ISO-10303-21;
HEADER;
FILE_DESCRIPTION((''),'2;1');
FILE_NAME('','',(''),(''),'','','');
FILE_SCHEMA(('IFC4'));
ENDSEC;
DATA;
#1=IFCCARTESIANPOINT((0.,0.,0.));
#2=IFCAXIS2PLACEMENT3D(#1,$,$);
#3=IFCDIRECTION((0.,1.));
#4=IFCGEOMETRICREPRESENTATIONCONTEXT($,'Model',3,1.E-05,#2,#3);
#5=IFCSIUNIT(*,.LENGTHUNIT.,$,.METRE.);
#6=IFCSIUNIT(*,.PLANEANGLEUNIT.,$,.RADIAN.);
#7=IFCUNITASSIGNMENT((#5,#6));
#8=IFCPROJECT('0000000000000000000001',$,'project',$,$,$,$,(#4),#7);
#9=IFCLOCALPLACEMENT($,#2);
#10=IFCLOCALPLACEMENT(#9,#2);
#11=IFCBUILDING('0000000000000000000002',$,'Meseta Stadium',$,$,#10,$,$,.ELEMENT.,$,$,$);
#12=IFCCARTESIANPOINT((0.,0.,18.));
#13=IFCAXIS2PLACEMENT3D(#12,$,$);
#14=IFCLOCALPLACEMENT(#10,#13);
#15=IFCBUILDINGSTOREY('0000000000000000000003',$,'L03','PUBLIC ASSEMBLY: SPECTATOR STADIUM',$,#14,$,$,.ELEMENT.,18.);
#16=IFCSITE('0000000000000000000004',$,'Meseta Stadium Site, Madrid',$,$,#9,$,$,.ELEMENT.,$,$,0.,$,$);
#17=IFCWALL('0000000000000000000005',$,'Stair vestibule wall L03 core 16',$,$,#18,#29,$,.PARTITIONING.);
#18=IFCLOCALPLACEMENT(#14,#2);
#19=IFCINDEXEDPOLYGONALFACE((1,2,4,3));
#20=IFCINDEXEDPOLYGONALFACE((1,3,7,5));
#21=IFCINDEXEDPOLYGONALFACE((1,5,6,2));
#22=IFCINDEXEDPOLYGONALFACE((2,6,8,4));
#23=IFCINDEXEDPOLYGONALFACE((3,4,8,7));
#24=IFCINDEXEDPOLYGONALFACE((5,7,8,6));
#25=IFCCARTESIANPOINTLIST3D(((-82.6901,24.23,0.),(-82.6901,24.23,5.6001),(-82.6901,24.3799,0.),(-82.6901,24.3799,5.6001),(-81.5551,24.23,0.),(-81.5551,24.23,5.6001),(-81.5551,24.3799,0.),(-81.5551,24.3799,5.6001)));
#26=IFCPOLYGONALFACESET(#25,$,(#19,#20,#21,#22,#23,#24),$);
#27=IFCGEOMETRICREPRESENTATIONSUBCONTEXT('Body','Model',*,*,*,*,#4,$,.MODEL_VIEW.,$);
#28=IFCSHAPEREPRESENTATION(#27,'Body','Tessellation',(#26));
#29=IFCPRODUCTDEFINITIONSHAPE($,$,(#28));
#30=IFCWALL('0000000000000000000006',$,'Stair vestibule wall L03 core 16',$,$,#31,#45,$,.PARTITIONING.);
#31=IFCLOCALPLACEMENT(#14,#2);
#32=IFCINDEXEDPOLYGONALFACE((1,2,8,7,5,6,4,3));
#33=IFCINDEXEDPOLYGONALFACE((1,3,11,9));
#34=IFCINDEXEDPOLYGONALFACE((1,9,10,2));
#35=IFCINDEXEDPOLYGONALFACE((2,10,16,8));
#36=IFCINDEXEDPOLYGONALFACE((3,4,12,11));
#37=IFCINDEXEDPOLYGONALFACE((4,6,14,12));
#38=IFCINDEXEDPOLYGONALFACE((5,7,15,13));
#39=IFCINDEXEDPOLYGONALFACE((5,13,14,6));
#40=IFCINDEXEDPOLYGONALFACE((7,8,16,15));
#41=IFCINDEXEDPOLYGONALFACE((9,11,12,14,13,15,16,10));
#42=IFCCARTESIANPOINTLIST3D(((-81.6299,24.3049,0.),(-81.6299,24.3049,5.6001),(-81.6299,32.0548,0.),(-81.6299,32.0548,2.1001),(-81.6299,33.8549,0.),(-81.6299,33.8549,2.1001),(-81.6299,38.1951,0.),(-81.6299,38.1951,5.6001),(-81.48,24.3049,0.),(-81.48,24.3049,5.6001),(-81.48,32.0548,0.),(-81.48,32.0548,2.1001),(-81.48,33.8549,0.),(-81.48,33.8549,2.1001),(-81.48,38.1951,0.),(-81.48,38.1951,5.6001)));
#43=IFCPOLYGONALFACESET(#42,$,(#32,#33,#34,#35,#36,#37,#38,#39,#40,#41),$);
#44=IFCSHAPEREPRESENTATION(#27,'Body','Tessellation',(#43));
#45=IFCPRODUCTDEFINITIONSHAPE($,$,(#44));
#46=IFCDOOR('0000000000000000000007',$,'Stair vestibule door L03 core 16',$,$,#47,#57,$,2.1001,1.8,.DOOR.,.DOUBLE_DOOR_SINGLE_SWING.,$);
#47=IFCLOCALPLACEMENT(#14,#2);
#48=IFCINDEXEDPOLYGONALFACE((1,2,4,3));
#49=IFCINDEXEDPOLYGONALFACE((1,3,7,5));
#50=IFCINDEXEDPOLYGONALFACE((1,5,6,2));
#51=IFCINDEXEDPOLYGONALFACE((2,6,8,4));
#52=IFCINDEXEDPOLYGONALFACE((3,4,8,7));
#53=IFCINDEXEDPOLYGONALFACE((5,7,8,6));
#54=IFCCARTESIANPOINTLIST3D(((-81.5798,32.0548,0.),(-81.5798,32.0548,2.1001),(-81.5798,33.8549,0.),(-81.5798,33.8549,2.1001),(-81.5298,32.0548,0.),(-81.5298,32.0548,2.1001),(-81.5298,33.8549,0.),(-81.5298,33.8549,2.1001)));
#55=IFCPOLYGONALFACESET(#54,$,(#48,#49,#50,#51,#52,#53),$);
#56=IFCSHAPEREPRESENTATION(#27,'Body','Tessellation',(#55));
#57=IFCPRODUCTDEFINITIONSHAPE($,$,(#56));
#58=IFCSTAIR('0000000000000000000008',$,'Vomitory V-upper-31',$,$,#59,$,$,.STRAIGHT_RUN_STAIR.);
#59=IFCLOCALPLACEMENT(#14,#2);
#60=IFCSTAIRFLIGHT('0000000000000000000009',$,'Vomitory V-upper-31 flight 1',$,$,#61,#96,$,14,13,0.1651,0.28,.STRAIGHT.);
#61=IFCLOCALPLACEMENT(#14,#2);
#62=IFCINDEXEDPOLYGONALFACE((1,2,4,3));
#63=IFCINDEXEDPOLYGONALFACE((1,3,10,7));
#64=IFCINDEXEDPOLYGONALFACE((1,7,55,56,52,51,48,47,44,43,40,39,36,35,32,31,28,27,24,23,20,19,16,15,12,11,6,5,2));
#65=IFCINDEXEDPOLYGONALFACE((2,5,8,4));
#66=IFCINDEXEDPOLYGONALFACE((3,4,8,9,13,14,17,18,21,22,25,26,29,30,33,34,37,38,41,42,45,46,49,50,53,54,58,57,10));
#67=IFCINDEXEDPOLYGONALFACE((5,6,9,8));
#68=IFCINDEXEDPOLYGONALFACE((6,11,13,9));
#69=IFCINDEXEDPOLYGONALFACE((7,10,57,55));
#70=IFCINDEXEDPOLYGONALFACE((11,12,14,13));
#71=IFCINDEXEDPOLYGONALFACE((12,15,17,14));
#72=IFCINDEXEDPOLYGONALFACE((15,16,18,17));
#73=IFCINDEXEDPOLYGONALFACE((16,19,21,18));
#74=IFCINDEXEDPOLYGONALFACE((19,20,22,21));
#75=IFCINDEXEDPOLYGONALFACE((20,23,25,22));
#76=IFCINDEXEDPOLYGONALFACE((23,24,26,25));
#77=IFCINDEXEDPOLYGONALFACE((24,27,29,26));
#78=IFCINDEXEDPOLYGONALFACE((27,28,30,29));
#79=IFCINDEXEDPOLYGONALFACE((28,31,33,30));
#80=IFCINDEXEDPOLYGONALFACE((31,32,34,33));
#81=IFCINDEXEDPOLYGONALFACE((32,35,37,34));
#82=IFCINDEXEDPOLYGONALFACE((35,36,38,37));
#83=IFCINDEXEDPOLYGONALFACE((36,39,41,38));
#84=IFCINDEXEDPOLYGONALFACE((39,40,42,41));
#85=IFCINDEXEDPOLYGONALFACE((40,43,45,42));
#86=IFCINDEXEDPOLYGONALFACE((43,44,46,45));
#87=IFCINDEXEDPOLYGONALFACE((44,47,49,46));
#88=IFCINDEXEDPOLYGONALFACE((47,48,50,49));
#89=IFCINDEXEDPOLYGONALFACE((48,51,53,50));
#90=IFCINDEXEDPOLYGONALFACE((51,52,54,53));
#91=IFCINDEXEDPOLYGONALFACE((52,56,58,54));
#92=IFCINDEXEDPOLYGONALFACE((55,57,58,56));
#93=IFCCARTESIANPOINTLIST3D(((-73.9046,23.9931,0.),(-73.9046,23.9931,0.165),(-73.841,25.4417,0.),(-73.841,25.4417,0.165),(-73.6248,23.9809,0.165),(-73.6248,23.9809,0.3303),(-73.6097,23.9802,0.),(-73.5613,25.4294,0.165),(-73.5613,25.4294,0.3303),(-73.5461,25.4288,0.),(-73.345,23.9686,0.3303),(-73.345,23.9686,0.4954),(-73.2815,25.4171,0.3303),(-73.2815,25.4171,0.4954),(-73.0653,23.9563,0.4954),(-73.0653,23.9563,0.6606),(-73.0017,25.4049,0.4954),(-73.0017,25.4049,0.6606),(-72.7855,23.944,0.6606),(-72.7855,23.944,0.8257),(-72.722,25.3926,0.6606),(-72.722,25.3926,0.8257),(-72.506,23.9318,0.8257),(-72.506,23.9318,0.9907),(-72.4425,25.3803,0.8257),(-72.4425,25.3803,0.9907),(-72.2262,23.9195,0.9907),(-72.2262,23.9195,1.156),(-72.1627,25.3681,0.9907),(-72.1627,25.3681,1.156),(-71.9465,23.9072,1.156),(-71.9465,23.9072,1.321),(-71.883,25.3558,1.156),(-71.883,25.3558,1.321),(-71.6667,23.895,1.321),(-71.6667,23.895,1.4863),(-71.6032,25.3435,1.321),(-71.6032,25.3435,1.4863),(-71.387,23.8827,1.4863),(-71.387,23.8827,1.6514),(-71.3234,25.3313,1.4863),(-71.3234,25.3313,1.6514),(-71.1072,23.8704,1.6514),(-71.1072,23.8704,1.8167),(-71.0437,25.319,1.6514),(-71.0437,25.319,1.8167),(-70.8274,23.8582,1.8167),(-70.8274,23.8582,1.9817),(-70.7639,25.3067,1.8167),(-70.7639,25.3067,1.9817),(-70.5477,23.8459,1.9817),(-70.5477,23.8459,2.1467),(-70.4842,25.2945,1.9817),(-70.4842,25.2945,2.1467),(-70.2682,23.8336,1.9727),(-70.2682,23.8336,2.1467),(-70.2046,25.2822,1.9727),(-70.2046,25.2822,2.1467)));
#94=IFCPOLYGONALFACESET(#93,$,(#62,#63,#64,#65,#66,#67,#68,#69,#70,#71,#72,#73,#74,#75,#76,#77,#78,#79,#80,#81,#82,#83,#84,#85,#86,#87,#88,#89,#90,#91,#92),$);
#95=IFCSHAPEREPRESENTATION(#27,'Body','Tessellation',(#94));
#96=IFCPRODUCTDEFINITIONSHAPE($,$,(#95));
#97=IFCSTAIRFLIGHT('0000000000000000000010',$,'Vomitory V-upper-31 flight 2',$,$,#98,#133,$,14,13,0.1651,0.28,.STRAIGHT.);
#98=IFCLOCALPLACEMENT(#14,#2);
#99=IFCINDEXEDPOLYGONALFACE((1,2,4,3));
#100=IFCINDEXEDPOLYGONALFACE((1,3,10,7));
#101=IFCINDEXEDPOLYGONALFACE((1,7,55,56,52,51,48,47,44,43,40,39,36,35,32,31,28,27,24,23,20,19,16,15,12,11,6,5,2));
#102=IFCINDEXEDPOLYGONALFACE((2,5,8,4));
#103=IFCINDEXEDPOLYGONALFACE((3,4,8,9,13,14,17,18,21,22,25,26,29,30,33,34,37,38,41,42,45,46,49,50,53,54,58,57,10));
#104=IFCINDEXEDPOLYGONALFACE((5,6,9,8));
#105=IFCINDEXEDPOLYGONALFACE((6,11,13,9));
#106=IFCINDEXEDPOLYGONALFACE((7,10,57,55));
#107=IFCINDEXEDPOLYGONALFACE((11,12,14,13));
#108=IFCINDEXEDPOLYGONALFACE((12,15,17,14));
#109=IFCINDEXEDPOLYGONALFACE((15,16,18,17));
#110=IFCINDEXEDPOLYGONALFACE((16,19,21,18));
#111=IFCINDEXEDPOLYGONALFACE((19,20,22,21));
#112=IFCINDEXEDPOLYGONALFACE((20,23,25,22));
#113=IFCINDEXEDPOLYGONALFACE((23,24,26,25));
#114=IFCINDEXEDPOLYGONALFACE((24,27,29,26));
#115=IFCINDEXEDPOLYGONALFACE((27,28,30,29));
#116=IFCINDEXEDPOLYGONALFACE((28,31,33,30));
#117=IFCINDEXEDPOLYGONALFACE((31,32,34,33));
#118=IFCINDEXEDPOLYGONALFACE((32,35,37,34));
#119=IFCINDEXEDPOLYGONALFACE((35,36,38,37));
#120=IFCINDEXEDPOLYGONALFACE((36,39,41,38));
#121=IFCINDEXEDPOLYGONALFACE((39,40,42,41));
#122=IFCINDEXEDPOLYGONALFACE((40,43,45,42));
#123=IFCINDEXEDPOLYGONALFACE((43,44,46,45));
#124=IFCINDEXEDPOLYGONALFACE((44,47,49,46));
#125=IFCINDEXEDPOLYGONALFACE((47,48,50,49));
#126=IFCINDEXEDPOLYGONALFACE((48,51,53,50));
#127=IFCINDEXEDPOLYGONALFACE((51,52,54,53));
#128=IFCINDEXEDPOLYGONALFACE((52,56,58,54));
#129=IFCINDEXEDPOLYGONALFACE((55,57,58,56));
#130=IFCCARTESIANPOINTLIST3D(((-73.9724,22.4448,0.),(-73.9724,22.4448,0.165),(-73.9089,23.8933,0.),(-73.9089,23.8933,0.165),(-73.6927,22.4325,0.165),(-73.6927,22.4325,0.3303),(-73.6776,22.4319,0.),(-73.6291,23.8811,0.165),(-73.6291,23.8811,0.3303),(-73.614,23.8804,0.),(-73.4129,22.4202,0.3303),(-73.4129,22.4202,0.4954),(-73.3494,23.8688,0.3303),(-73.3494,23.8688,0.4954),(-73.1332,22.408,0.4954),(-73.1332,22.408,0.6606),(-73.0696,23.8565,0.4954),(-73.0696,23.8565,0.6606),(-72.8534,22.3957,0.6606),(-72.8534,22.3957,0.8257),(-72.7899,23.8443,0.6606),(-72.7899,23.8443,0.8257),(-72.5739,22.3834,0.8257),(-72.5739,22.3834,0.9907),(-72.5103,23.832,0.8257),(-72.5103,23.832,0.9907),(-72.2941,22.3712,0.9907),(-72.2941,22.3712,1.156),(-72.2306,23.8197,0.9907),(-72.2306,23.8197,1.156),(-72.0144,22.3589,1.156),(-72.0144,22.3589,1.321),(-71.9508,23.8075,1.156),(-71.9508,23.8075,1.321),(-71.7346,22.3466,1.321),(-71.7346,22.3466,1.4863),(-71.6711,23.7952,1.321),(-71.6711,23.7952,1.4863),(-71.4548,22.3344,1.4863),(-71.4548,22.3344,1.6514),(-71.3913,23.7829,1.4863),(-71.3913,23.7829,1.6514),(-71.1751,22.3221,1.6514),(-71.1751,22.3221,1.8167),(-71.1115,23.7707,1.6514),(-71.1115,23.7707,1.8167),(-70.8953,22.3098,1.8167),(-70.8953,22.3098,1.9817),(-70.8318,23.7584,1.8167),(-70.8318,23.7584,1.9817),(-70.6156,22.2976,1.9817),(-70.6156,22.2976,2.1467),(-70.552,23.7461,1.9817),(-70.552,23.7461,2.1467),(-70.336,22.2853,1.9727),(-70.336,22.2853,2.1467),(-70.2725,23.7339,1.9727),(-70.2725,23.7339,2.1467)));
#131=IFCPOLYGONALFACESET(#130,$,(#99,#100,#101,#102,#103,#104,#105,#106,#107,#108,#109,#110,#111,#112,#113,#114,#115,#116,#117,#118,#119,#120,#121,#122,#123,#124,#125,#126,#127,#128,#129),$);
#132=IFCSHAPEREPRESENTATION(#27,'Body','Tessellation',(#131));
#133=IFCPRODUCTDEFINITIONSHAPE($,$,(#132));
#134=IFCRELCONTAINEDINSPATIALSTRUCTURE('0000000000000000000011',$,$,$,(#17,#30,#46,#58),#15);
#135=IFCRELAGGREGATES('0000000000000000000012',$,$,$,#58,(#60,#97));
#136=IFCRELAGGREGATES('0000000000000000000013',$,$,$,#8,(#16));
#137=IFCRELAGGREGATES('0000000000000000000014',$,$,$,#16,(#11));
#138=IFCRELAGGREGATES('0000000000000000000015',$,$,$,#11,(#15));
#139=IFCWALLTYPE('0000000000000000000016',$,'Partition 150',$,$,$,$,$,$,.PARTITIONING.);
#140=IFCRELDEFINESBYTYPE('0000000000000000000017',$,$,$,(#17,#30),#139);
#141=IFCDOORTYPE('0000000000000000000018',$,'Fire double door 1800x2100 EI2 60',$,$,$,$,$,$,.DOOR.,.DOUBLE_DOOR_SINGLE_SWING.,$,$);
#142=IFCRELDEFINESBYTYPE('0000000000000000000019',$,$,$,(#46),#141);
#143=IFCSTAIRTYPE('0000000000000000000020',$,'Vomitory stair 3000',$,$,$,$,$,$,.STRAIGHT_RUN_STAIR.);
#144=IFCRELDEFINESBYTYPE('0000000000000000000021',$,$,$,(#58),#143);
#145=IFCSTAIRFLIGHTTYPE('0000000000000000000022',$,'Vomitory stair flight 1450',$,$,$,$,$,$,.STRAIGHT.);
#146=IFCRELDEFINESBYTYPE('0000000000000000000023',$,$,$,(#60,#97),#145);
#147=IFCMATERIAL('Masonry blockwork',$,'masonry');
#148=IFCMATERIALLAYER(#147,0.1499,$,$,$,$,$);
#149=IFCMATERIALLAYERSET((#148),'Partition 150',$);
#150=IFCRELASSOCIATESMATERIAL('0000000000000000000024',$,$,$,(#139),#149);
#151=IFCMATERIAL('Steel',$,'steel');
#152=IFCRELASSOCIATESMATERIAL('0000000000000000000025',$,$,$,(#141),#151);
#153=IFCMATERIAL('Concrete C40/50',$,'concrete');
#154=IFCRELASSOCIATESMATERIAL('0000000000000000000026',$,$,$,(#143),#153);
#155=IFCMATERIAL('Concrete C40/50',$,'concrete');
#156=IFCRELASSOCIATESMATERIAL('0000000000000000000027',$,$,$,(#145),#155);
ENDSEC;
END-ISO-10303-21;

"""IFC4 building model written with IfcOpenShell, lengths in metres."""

from ifc_helpers import new_model, si_unit, direction, frame, frame_2d, origin, place, context, subcontext, project, spatial, polyline, rectangle, outline, extrude, material, layer, layer_set, type_object, element, fill, aggregate, save


model = new_model("IFC4")

# Units and contexts
model_context = context("Model", 3, precision=1e-05, world=origin(), true_north=direction((0.0, 1.0)))
body_context = subcontext(model_context, "Body", "Model", "MODEL_VIEW")
ifc_project = project(units=[si_unit("LENGTHUNIT", "METRE"), si_unit("PLANEANGLEUNIT", "RADIAN")], contexts=[model_context])

# Site, building, storey
site_placement = place(None, origin())
site = spatial("IfcSite", under=ifc_project, at=site_placement, Name="Meseta Stadium Site, Madrid", CompositionType="ELEMENT", RefElevation=0.0)
building_placement = place(site_placement, origin())
building = spatial("IfcBuilding", under=site, at=building_placement, Name="Meseta Stadium", CompositionType="ELEMENT")
storey_placement = place(building_placement, frame((0.0, 0.0, 18.0)))
storey = spatial("IfcBuildingStorey", under=building, at=storey_placement, Name="L03", Description="PUBLIC ASSEMBLY: SPECTATOR STADIUM", CompositionType="ELEMENT", Elevation=18.0)

# Wall
ifc_material_1 = material(Name="Masonry blockwork", Category="masonry")
ifc_layer_1 = layer(ifc_material_1, 0.1499)
ifc_layer_set_1 = layer_set([ifc_layer_1], Name="Partition 150")
wall_type = type_object("IfcWallType", Name="Partition 150", PredefinedType="PARTITIONING", material=ifc_layer_set_1)
wall_1_placement = place(storey_placement, frame((-82.6899, 24.3049, 0.0), z_axis=(0.0, 0.0, 1.0), x_axis=(1.0, 0.0, 0.0)))
element("IfcWall", 1, at=wall_1_placement, inside=storey, type_object=wall_type, Name="Stair vestibule wall L03 core 16", PredefinedType="PARTITIONING", context=body_context, shape_type="SweptSolid", body=[
    extrude(rectangle(XDim=1.135, YDim=0.1499, at=frame_2d((0.5674, 0.0))), origin(), (0.0, 0.0, 1.0), 5.6001),
])

# Wall, opening, door
wall_2_placement = place(storey_placement, frame((-81.5549, 24.3049, 0.0), z_axis=(0.0, 0.0, 1.0), x_axis=(0.0, 1.0, 0.0)))
wall_2 = element("IfcWall", 2, at=wall_2_placement, inside=storey, type_object=wall_type, Name="Stair vestibule wall L03 core 16", PredefinedType="PARTITIONING", context=body_context, shape_type="SweptSolid", body=[
    extrude(rectangle(XDim=13.8901, YDim=0.1499, at=frame_2d((6.9451, 0.0))), origin(), (0.0, 0.0, 1.0), 5.6001),
])
opening_placement = place(wall_2_placement, frame((7.75, 0.0, 0.0)))
opening = element("IfcOpeningElement", 3, at=opening_placement, cuts=wall_2, PredefinedType="OPENING", context=body_context, shape_type="SweptSolid", body=[
    extrude(rectangle(XDim=1.8, YDim=2.1001, at=frame_2d((0.8999, 1.05))), frame((0.0, 0.085, 0.0), z_axis=(0.0, -1.0, 0.0), x_axis=(1.0, 0.0, 0.0)), (0.0, 0.0, 1.0), 0.1699),
])
ifc_material_2 = material(Name="Steel", Category="steel")
door_type = type_object("IfcDoorType", Name="Fire double door 1800x2100 EI2 60", OperationType="DOUBLE_DOOR_SINGLE_SWING", PredefinedType="DOOR", material=ifc_material_2)
door_placement = place(opening_placement, origin())
door = element("IfcDoor", 4, at=door_placement, inside=storey, type_object=door_type, Name="Stair vestibule door L03 core 16", OperationType="DOUBLE_DOOR_SINGLE_SWING", OverallHeight=2.1001, OverallWidth=1.8, PredefinedType="DOOR", context=body_context, shape_type="SweptSolid", body=[
    extrude(rectangle(XDim=1.8, YDim=2.1001, at=frame_2d((0.8999, 1.05))), frame((0.0, 0.0249, 0.0), z_axis=(0.0, -1.0, 0.0), x_axis=(1.0, 0.0, 0.0)), (0.0, 0.0, 1.0), 0.05),
])
fill(opening, door)

# Stair, stair flights
ifc_material_3 = material(Name="Concrete C40/50", Category="concrete")
stair_type = type_object("IfcStairType", Name="Vomitory stair 3000", PredefinedType="STRAIGHT_RUN_STAIR", material=ifc_material_3)
stair_placement = place(storey_placement, origin())
stair = element("IfcStair", 5, at=stair_placement, inside=storey, type_object=stair_type, Name="Vomitory V-upper-31", PredefinedType="STRAIGHT_RUN_STAIR")
ifc_material_4 = material(Name="Concrete C40/50", Category="concrete")
stair_flight_type = type_object("IfcStairFlightType", Name="Vomitory stair flight 1450", PredefinedType="STRAIGHT", material=ifc_material_4)
stair_flight_1_placement = place(storey_placement, frame((-73.8728, 24.7173, 0.0), z_axis=(0.0, 0.0, 1.0), x_axis=(0.99904, -0.043818, 0.0)))
stair_flight_1 = element("IfcStairFlight", 6, at=stair_flight_1_placement, type_object=stair_flight_type, Name="Vomitory V-upper-31 flight 1", NumberOfRisers=14, NumberOfTreads=13, PredefinedType="STRAIGHT", RiserHeight=0.1651, TreadLength=0.28, context=body_context, shape_type="SweptSolid", body=[
    extrude(outline(polyline([(0.0, 0.0), (0.0, 0.165), (0.28, 0.165), (0.28, 0.3303), (0.5601, 0.3303), (0.5601, 0.4954), (0.8401, 0.4954), (0.8401, 0.6606), (1.1201, 0.6606), (1.1201, 0.8257), (1.3999, 0.8257), (1.3999, 0.9907), (1.6799, 0.9907), (1.6799, 1.156), (1.96, 1.156), (1.96, 1.321), (2.24, 1.321), (2.24, 1.4863), (2.52, 1.4863), (2.52, 1.6514), (2.8, 1.6514), (2.8, 1.8167), (3.0801, 1.8167), (3.0801, 1.9817), (3.3601, 1.9817), (3.3601, 2.1467), (3.6399, 2.1467), (3.6399, 1.9727), (0.2952, 0.0), (0.0, 0.0)])), frame((0.0, 0.7251, 0.0), z_axis=(0.0, -1.0, 0.0), x_axis=(1.0, 0.0, 0.0)), (0.0, 0.0, 1.0), 1.45),
])
stair_flight_2_placement = place(storey_placement, frame((-73.9407, 23.1689, 0.0), z_axis=(0.0, 0.0, 1.0), x_axis=(0.99904, -0.043818, 0.0)))
stair_flight_2 = element("IfcStairFlight", 7, at=stair_flight_2_placement, type_object=stair_flight_type, Name="Vomitory V-upper-31 flight 2", NumberOfRisers=14, NumberOfTreads=13, PredefinedType="STRAIGHT", RiserHeight=0.1651, TreadLength=0.28, context=body_context, shape_type="SweptSolid", body=[
    extrude(outline(polyline([(0.0, 0.0), (0.0, 0.165), (0.28, 0.165), (0.28, 0.3303), (0.5601, 0.3303), (0.5601, 0.4954), (0.8401, 0.4954), (0.8401, 0.6606), (1.1201, 0.6606), (1.1201, 0.8257), (1.3999, 0.8257), (1.3999, 0.9907), (1.6799, 0.9907), (1.6799, 1.156), (1.96, 1.156), (1.96, 1.321), (2.24, 1.321), (2.24, 1.4863), (2.52, 1.4863), (2.52, 1.6514), (2.8, 1.6514), (2.8, 1.8167), (3.0801, 1.8167), (3.0801, 1.9817), (3.3601, 1.9817), (3.3601, 2.1467), (3.6399, 2.1467), (3.6399, 1.9727), (0.2952, 0.0), (0.0, 0.0)])), frame((0.0, 0.7251, 0.0), z_axis=(0.0, -1.0, 0.0), x_axis=(1.0, 0.0, 0.0)), (0.0, 0.0, 1.0), 1.45),
])
aggregate(stair, [stair_flight_1, stair_flight_2])

save(model, "model.ifc")
